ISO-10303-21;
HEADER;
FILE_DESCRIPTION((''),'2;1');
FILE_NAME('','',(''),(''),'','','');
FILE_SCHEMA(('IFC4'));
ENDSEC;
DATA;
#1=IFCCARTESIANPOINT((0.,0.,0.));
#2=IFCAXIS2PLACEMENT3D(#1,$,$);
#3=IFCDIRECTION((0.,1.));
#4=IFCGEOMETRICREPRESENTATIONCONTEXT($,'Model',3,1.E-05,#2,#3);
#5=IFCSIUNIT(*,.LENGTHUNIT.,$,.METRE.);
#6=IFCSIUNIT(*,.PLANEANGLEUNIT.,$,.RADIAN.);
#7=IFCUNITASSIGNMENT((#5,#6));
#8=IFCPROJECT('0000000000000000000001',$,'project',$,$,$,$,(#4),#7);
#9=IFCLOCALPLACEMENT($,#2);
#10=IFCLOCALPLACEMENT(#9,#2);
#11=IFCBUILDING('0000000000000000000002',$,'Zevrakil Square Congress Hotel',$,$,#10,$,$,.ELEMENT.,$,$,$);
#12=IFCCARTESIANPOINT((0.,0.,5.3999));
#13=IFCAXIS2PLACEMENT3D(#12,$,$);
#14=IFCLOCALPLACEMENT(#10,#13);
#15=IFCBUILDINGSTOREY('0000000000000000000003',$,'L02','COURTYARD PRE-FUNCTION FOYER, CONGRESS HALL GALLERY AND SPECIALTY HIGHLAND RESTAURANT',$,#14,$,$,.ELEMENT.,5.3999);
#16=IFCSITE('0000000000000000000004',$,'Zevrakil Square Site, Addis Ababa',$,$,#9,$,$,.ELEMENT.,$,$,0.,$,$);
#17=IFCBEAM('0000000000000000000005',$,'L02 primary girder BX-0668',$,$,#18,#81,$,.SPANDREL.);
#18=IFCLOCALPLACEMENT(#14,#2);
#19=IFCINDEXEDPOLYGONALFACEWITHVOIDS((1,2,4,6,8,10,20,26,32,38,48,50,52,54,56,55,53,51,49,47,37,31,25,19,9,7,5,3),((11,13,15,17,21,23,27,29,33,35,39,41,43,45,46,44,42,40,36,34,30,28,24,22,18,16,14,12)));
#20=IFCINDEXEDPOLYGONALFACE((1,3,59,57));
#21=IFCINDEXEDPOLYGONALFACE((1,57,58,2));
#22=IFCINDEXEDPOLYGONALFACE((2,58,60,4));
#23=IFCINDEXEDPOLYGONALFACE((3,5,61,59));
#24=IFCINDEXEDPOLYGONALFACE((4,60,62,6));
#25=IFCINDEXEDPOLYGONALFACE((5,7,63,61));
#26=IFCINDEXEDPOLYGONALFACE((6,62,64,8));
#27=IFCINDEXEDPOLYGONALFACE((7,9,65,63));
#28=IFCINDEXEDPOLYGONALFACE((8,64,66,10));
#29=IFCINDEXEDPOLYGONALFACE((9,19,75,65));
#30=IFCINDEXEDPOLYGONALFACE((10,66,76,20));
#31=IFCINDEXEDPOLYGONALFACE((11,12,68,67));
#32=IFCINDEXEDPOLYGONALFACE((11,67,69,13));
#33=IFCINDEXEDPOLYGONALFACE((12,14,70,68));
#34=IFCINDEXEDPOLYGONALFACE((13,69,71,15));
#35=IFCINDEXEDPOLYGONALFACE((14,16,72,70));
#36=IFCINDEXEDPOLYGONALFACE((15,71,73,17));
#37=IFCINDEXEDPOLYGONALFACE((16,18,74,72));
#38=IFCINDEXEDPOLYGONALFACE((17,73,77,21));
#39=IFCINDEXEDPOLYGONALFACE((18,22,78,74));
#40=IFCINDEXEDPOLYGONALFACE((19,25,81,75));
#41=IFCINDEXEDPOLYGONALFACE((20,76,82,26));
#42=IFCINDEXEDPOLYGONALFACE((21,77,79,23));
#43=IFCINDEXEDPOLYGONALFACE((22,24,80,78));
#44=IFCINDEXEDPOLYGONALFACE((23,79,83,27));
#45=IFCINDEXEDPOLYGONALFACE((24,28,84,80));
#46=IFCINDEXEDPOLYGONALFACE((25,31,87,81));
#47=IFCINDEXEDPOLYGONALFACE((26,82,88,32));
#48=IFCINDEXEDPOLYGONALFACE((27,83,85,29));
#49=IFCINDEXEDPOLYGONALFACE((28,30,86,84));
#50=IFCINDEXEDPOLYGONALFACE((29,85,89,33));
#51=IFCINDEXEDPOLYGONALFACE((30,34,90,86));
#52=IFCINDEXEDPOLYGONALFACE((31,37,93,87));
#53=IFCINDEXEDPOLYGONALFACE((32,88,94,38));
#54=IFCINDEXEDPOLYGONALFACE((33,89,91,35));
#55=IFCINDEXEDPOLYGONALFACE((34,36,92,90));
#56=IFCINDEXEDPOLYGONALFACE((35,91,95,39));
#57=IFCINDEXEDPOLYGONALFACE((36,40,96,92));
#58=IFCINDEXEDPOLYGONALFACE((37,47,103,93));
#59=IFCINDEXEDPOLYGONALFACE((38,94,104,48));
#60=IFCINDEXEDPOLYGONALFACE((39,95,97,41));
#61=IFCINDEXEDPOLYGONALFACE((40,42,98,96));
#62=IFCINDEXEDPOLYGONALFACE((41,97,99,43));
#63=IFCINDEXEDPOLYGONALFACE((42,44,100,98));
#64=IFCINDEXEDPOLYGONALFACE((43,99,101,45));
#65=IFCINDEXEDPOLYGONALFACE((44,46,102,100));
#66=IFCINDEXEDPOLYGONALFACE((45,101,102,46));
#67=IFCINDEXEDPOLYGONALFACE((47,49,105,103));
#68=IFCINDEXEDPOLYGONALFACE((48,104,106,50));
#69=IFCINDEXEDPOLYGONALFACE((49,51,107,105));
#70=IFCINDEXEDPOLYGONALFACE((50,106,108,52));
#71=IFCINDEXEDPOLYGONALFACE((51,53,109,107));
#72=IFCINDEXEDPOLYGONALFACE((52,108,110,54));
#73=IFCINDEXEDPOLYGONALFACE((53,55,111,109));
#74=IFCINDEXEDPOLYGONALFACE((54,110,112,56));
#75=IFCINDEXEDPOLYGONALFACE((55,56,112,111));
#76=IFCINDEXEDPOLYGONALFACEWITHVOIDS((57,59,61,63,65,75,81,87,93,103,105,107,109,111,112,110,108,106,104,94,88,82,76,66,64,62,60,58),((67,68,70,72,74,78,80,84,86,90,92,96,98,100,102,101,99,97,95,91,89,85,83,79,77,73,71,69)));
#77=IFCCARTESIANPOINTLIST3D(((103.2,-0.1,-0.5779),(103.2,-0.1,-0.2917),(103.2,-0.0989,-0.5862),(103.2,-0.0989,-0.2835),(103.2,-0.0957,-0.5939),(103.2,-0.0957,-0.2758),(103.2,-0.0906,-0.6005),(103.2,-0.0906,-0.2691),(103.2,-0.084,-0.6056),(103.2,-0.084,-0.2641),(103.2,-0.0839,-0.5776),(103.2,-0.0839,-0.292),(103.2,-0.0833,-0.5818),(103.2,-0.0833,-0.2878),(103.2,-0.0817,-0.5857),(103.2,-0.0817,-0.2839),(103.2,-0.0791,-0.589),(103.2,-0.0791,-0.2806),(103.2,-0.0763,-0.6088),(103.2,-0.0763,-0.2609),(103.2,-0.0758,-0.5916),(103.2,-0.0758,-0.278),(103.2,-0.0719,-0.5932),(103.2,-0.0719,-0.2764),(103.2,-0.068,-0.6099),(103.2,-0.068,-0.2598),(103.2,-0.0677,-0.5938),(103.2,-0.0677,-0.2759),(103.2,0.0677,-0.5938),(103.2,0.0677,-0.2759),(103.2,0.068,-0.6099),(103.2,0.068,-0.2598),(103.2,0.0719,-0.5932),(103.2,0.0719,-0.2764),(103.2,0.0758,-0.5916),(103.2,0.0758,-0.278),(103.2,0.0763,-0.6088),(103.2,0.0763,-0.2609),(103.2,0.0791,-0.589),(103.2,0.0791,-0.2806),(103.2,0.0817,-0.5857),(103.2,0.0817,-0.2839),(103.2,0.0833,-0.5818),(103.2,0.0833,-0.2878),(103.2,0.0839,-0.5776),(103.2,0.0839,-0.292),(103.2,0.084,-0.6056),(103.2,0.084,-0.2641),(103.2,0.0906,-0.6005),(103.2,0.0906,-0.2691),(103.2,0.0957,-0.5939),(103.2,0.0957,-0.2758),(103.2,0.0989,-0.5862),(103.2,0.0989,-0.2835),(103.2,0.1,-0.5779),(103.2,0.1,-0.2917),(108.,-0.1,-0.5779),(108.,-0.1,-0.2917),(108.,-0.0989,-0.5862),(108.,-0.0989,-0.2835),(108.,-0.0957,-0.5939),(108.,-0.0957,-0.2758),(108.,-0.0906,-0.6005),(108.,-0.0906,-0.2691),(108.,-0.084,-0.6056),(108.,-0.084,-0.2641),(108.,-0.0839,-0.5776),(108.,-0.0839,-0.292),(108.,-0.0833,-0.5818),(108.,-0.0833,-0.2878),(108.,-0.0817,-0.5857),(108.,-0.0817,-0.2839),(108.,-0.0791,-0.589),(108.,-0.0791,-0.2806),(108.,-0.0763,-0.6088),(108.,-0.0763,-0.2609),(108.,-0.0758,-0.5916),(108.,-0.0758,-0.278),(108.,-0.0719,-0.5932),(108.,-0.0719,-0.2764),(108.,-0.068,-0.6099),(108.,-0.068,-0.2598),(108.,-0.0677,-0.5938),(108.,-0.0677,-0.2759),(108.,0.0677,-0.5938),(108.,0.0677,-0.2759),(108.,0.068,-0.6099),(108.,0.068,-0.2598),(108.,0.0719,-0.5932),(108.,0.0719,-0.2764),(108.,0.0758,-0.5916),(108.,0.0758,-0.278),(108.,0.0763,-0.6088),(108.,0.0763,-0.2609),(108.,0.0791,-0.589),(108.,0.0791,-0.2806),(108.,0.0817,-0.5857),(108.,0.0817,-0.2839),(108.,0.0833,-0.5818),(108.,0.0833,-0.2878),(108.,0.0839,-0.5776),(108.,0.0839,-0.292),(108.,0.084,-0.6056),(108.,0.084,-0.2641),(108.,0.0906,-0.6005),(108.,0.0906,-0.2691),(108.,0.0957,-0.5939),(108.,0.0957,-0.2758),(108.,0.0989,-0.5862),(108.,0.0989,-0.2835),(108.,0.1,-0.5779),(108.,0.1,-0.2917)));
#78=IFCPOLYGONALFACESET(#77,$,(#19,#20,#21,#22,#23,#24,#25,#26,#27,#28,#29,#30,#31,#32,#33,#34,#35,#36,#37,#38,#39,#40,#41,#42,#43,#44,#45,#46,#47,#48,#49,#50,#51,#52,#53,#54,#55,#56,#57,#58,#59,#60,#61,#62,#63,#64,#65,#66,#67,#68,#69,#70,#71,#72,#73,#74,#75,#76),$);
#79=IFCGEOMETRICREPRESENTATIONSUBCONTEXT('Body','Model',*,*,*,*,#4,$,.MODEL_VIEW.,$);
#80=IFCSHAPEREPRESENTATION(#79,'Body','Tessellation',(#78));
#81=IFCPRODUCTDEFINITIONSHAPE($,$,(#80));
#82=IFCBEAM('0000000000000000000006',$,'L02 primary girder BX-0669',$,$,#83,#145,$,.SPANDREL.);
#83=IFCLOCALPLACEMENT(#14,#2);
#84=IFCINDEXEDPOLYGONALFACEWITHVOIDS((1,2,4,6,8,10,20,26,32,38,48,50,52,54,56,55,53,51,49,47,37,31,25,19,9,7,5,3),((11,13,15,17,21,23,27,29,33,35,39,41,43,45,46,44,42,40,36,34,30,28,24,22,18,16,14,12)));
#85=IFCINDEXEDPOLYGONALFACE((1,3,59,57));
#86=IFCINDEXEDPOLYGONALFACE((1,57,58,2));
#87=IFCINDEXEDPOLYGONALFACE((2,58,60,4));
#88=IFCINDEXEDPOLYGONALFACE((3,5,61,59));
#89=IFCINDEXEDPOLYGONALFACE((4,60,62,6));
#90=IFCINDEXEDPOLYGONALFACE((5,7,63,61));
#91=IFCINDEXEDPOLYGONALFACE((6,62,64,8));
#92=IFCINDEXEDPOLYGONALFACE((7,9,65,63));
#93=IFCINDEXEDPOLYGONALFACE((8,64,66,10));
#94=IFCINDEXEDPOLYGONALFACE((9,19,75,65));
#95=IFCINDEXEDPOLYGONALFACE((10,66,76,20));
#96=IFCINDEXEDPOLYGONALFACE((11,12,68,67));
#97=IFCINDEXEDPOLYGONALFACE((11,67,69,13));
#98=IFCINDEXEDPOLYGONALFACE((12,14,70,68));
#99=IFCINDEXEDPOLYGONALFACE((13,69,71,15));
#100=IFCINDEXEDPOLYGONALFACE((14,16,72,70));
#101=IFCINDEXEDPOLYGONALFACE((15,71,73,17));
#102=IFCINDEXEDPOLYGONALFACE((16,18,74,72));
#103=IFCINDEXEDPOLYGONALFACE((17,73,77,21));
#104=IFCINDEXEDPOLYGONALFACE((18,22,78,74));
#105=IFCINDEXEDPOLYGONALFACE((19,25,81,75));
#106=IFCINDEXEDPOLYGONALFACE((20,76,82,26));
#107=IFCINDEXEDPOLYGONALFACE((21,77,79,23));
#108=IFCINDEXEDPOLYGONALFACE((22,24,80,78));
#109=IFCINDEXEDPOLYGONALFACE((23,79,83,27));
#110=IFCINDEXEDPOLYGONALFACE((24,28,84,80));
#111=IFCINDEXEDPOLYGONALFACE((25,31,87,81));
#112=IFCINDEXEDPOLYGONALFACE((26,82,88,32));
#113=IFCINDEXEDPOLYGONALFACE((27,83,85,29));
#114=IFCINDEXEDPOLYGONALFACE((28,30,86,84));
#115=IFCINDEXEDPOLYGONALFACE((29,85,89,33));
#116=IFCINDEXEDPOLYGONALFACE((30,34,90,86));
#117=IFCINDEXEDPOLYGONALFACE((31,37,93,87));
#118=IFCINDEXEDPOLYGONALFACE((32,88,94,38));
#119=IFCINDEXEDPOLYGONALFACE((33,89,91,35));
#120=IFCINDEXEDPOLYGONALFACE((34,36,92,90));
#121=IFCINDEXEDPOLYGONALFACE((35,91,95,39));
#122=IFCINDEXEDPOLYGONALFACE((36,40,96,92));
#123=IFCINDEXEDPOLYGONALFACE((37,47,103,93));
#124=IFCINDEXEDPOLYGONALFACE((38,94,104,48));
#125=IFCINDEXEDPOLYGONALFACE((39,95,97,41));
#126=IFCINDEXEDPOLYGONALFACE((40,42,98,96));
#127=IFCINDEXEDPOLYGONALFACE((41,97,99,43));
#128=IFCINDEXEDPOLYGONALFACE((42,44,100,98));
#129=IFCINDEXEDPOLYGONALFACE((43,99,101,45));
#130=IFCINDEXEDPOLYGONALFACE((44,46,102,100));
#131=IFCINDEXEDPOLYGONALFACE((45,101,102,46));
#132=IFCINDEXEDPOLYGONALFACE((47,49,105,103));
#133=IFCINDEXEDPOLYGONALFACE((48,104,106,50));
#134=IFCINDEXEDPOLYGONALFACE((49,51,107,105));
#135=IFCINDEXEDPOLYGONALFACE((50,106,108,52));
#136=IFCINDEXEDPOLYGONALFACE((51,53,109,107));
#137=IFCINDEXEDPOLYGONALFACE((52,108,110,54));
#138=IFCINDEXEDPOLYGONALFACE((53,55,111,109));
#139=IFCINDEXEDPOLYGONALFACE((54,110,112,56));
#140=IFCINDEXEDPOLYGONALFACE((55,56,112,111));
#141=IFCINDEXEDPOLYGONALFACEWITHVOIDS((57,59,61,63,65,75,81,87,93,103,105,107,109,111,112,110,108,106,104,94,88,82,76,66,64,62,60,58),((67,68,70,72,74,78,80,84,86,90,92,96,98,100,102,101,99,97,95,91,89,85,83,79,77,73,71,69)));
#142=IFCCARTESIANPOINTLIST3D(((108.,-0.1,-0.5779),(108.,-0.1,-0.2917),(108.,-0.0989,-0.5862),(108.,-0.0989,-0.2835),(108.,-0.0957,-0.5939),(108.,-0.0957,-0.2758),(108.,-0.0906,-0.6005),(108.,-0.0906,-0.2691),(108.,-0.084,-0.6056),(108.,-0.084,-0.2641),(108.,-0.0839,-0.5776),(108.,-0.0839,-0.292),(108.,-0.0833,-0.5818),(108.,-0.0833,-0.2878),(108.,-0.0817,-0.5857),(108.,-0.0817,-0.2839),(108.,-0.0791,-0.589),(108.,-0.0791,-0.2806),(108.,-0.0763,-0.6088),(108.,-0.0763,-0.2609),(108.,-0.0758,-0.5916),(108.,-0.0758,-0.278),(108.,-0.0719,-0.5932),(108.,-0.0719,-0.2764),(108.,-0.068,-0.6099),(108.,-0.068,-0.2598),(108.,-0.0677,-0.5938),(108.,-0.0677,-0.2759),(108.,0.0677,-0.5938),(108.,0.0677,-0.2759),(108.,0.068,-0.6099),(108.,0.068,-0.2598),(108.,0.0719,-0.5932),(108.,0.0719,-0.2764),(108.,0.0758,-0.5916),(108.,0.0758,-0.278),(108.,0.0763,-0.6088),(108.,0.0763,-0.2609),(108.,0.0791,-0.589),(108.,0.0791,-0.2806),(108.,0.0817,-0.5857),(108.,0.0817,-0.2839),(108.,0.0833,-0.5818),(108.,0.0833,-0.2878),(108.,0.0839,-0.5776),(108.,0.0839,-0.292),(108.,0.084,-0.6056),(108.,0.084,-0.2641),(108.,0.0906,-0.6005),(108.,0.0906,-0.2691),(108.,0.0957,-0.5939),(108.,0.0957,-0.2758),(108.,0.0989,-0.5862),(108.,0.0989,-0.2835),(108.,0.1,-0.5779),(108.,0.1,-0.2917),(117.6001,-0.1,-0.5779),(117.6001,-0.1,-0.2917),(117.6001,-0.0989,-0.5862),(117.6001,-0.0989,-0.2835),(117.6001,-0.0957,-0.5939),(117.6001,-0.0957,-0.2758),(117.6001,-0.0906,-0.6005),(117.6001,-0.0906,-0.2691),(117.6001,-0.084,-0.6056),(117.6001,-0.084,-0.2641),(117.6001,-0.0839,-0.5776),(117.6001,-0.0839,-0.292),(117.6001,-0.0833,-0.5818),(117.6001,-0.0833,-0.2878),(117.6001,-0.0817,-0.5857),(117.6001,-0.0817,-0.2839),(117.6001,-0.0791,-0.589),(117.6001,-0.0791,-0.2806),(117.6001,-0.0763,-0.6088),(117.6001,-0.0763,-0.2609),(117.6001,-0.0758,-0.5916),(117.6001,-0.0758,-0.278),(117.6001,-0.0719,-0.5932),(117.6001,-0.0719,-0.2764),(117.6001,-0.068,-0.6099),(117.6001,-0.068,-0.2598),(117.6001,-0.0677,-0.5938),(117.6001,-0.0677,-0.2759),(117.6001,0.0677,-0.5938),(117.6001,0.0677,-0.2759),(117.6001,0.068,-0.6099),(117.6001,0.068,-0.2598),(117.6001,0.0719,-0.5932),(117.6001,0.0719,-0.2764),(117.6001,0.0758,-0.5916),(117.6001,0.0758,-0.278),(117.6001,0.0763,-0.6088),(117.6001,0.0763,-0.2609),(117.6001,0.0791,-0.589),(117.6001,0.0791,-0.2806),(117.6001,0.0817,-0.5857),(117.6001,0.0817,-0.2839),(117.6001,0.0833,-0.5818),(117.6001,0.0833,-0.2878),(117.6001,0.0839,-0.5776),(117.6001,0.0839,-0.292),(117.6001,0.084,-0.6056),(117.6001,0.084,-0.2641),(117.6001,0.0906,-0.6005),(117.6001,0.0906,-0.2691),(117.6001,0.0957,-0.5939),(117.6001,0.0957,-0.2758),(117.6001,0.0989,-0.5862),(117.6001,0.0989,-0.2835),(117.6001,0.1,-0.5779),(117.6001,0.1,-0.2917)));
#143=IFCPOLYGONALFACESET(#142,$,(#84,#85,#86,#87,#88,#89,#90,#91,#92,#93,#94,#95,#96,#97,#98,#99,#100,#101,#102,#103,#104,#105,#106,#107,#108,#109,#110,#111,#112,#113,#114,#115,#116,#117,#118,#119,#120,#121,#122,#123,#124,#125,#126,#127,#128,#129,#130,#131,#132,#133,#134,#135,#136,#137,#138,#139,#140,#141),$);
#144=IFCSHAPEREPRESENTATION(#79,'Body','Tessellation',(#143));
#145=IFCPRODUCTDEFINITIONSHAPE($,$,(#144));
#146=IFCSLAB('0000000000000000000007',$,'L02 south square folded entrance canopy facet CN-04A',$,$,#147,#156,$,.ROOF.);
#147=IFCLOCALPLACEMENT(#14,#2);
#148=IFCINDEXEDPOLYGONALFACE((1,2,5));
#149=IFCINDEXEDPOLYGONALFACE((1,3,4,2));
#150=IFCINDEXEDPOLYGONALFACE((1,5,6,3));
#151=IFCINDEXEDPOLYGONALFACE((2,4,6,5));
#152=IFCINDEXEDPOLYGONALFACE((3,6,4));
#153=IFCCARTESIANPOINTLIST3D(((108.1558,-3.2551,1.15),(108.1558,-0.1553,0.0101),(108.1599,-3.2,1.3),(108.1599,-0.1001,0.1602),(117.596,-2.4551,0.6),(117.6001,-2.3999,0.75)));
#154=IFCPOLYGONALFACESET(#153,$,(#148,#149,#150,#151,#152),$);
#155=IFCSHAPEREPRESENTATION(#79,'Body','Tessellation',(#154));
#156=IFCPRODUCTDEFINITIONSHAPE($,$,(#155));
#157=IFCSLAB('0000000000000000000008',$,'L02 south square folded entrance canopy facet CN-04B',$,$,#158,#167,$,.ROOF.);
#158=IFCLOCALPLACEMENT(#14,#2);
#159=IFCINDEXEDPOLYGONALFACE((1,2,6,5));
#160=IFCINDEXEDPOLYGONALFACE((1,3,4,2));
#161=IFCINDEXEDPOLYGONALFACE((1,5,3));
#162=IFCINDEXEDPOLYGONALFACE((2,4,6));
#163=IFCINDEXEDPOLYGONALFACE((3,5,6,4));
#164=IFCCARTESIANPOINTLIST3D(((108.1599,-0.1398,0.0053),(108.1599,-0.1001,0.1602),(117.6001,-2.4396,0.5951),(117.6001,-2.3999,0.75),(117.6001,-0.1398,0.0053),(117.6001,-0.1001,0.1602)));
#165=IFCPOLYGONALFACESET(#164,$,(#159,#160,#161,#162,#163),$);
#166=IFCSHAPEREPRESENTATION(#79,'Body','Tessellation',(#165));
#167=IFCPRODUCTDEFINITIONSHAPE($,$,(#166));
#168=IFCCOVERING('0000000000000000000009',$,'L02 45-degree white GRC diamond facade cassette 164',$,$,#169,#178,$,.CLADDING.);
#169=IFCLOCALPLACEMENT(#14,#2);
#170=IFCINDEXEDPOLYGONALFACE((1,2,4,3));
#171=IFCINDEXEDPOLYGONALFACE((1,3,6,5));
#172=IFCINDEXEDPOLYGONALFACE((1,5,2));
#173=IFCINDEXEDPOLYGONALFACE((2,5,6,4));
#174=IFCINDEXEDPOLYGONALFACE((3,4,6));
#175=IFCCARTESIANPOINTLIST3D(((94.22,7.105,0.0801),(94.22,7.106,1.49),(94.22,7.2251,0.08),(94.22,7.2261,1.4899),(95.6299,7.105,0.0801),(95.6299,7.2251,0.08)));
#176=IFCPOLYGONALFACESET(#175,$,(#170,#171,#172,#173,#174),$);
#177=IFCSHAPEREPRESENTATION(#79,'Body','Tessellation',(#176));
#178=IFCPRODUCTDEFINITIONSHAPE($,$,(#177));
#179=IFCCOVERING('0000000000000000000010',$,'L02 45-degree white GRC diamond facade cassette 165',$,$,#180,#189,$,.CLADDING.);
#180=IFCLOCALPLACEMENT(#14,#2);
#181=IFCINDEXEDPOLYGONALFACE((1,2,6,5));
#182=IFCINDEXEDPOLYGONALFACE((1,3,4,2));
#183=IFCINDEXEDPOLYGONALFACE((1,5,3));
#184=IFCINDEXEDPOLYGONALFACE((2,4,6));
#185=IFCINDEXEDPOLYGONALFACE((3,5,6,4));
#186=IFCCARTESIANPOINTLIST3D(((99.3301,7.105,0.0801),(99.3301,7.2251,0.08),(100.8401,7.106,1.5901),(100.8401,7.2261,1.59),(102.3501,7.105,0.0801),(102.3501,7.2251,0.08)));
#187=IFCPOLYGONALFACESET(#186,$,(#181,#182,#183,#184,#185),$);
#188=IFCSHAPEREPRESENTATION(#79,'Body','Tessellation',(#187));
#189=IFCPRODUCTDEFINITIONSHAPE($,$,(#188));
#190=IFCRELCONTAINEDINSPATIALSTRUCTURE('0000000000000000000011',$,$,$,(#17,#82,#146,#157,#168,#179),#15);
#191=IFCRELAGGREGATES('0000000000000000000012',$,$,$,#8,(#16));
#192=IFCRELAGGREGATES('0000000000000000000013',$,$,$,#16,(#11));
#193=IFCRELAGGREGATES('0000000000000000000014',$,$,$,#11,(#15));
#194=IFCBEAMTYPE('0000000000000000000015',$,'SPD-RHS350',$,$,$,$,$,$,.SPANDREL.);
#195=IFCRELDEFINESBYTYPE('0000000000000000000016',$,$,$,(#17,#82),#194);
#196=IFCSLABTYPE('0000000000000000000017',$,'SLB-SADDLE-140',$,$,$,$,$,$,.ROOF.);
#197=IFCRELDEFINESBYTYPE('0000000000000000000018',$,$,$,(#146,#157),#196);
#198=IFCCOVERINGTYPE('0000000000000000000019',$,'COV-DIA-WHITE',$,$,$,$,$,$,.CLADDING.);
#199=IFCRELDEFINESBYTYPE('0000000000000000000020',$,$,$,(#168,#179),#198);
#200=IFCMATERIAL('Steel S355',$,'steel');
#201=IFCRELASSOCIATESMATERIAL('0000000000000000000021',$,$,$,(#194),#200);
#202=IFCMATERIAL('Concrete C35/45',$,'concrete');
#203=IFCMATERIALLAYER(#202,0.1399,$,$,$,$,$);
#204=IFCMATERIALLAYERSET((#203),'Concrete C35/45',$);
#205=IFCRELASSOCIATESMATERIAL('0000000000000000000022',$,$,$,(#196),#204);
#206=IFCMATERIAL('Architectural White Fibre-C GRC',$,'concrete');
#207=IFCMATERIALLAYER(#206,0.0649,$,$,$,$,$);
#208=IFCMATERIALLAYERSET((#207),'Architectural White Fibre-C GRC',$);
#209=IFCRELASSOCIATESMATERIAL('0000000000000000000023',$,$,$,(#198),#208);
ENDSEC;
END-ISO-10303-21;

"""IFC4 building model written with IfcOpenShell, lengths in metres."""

from ifc_helpers import new_model, si_unit, direction, frame, origin, origin_2d, place, context, subcontext, project, spatial, polyline, hollow_rectangle, outline, extrude, material, layer, layer_set, material_profile, profile_set, type_object, element, save


model = new_model("IFC4")

# Units and contexts
model_context = context("Model", 3, precision=1e-05, world=origin(), true_north=direction((0.0, 1.0)))
body_context = subcontext(model_context, "Body", "Model", "MODEL_VIEW")
ifc_project = project(units=[si_unit("LENGTHUNIT", "METRE"), si_unit("PLANEANGLEUNIT", "RADIAN")], contexts=[model_context])

# Site, building, storey
site_placement = place(None, origin())
site = spatial("IfcSite", under=ifc_project, at=site_placement, Name="Zevrakil Square Site, Addis Ababa", CompositionType="ELEMENT", RefElevation=0.0)
building_placement = place(site_placement, origin())
building = spatial("IfcBuilding", under=site, at=building_placement, Name="Zevrakil Square Congress Hotel", CompositionType="ELEMENT")
storey_placement = place(building_placement, frame((0.0, 0.0, 5.3999)))
storey = spatial("IfcBuildingStorey", under=building, at=storey_placement, Name="L02", Description="COURTYARD PRE-FUNCTION FOYER, CONGRESS HALL GALLERY AND SPECIALTY HIGHLAND RESTAURANT", CompositionType="ELEMENT", Elevation=5.3999)

# Beams
ifc_material_1 = material(Name="Steel S355", Category="steel")
ifc_material_profile_1 = material_profile(ifc_material_1, hollow_rectangle(XDim=0.2, YDim=0.3501, WallThickness=0.0161, InnerFilletRadius=0.0161, OuterFilletRadius=0.032, at=origin_2d()), Name="RHS 350x200x16")
ifc_profile_set_1 = profile_set([ifc_material_profile_1], Name="Steel S355")
beam_type_1 = type_object("IfcBeamType", Name="SPD-RHS350", PredefinedType="SPANDREL", material=ifc_profile_set_1)
beam_1_placement = place(storey_placement, frame((103.2, 0.0, -0.4348), z_axis=(1.0, 0.0, 0.0), x_axis=(0.0, 1.0, 0.0)))
element("IfcBeam", 1, at=beam_1_placement, inside=storey, type_object=beam_type_1, Name="L02 primary girder BX-0668", PredefinedType="SPANDREL", context=body_context, shape_type="SweptSolid", body=[
    extrude(hollow_rectangle(XDim=0.2, YDim=0.3501, WallThickness=0.0161, InnerFilletRadius=0.0161, OuterFilletRadius=0.032, at=origin_2d()), origin(), (0.0, 0.0, 1.0), 4.8),
])
beam_2_placement = place(storey_placement, frame((108.0, 0.0, -0.4348), z_axis=(1.0, 0.0, 0.0), x_axis=(0.0, 1.0, 0.0)))
element("IfcBeam", 2, at=beam_2_placement, inside=storey, type_object=beam_type_1, Name="L02 primary girder BX-0669", PredefinedType="SPANDREL", context=body_context, shape_type="SweptSolid", body=[
    extrude(hollow_rectangle(XDim=0.2, YDim=0.3501, WallThickness=0.0161, InnerFilletRadius=0.0161, OuterFilletRadius=0.032, at=origin_2d()), origin(), (0.0, 0.0, 1.0), 9.6001),
])

# Slabs
ifc_material_2 = material(Name="Concrete C35/45", Category="concrete")
ifc_layer_1 = layer(ifc_material_2, 0.1399)
ifc_layer_set_1 = layer_set([ifc_layer_1], Name="Concrete C35/45")
slab_type = type_object("IfcSlabType", Name="SLB-SADDLE-140", PredefinedType="ROOF", material=ifc_layer_set_1)
slab_1_placement = place(storey_placement, frame((108.1599, -0.1001, 0.1602), z_axis=(0.025429, 0.345018, 0.938251), x_axis=(0.0, -0.938555, 0.34513)))
element("IfcSlab", 3, at=slab_1_placement, inside=storey, type_object=slab_type, Name="L02 south square folded entrance canopy facet CN-04A", PredefinedType="ROOF", context=body_context, shape_type="SweptSolid", body=[
    extrude(outline(polyline([(0.0, 0.0), (3.3028, 0.0), (2.3621, 9.4432), (0.0, 0.0)])), origin(), (0.0, 0.0, -1.0), 0.1599),
])
slab_2_placement = place(storey_placement, frame((108.1599, -0.1001, 0.1602), z_axis=(0.0, 0.248435, 0.968649), x_axis=(0.969798, -0.236261, 0.060595)))
element("IfcSlab", 4, at=slab_2_placement, inside=storey, type_object=slab_type, Name="L02 south square folded entrance canopy facet CN-04B", PredefinedType="ROOF", context=body_context, shape_type="SweptSolid", body=[
    extrude(outline(polyline([(0.0, 0.0), (9.7342, 0.0), (9.1551, 2.3025), (0.0, 0.0)])), origin(), (0.0, 0.0, -1.0), 0.1599),
])

# Coverings
ifc_material_3 = material(Name="Architectural White Fibre-C GRC", Category="concrete")
ifc_layer_2 = layer(ifc_material_3, 0.0649)
ifc_layer_set_2 = layer_set([ifc_layer_2], Name="Architectural White Fibre-C GRC")
covering_type_1 = type_object("IfcCoveringType", Name="COV-DIA-WHITE", PredefinedType="CLADDING", material=ifc_layer_set_2)
covering_1_placement = place(storey_placement, frame((95.6299, 7.105, 0.0801), z_axis=(0.0, -1.0, 0.000693), x_axis=(-1.0, 0.0, 0.0)))
element("IfcCovering", 5, at=covering_1_placement, inside=storey, type_object=covering_type_1, Name="L02 45-degree white GRC diamond facade cassette 164", PredefinedType="CLADDING", context=body_context, shape_type="SweptSolid", body=[
    extrude(outline(polyline([(0.0, 0.0), (1.4099, 0.0), (1.4099, -1.4099), (0.0, 0.0)])), origin(), (0.0, 0.0, -1.0), 0.1201),
])
covering_2_placement = place(storey_placement, frame((100.8401, 7.106, 1.5901), z_axis=(0.0, -1.0, 0.000647), x_axis=(0.707107, -0.000457, -0.707107)))
element("IfcCovering", 6, at=covering_2_placement, inside=storey, type_object=covering_type_1, Name="L02 45-degree white GRC diamond facade cassette 165", PredefinedType="CLADDING", context=body_context, shape_type="SweptSolid", body=[
    extrude(outline(polyline([(0.0, 0.0), (2.1355, 0.0), (0.0, -2.1355), (0.0, 0.0)])), origin(), (0.0, 0.0, -1.0), 0.1201),
])

save(model, "model.ifc")
